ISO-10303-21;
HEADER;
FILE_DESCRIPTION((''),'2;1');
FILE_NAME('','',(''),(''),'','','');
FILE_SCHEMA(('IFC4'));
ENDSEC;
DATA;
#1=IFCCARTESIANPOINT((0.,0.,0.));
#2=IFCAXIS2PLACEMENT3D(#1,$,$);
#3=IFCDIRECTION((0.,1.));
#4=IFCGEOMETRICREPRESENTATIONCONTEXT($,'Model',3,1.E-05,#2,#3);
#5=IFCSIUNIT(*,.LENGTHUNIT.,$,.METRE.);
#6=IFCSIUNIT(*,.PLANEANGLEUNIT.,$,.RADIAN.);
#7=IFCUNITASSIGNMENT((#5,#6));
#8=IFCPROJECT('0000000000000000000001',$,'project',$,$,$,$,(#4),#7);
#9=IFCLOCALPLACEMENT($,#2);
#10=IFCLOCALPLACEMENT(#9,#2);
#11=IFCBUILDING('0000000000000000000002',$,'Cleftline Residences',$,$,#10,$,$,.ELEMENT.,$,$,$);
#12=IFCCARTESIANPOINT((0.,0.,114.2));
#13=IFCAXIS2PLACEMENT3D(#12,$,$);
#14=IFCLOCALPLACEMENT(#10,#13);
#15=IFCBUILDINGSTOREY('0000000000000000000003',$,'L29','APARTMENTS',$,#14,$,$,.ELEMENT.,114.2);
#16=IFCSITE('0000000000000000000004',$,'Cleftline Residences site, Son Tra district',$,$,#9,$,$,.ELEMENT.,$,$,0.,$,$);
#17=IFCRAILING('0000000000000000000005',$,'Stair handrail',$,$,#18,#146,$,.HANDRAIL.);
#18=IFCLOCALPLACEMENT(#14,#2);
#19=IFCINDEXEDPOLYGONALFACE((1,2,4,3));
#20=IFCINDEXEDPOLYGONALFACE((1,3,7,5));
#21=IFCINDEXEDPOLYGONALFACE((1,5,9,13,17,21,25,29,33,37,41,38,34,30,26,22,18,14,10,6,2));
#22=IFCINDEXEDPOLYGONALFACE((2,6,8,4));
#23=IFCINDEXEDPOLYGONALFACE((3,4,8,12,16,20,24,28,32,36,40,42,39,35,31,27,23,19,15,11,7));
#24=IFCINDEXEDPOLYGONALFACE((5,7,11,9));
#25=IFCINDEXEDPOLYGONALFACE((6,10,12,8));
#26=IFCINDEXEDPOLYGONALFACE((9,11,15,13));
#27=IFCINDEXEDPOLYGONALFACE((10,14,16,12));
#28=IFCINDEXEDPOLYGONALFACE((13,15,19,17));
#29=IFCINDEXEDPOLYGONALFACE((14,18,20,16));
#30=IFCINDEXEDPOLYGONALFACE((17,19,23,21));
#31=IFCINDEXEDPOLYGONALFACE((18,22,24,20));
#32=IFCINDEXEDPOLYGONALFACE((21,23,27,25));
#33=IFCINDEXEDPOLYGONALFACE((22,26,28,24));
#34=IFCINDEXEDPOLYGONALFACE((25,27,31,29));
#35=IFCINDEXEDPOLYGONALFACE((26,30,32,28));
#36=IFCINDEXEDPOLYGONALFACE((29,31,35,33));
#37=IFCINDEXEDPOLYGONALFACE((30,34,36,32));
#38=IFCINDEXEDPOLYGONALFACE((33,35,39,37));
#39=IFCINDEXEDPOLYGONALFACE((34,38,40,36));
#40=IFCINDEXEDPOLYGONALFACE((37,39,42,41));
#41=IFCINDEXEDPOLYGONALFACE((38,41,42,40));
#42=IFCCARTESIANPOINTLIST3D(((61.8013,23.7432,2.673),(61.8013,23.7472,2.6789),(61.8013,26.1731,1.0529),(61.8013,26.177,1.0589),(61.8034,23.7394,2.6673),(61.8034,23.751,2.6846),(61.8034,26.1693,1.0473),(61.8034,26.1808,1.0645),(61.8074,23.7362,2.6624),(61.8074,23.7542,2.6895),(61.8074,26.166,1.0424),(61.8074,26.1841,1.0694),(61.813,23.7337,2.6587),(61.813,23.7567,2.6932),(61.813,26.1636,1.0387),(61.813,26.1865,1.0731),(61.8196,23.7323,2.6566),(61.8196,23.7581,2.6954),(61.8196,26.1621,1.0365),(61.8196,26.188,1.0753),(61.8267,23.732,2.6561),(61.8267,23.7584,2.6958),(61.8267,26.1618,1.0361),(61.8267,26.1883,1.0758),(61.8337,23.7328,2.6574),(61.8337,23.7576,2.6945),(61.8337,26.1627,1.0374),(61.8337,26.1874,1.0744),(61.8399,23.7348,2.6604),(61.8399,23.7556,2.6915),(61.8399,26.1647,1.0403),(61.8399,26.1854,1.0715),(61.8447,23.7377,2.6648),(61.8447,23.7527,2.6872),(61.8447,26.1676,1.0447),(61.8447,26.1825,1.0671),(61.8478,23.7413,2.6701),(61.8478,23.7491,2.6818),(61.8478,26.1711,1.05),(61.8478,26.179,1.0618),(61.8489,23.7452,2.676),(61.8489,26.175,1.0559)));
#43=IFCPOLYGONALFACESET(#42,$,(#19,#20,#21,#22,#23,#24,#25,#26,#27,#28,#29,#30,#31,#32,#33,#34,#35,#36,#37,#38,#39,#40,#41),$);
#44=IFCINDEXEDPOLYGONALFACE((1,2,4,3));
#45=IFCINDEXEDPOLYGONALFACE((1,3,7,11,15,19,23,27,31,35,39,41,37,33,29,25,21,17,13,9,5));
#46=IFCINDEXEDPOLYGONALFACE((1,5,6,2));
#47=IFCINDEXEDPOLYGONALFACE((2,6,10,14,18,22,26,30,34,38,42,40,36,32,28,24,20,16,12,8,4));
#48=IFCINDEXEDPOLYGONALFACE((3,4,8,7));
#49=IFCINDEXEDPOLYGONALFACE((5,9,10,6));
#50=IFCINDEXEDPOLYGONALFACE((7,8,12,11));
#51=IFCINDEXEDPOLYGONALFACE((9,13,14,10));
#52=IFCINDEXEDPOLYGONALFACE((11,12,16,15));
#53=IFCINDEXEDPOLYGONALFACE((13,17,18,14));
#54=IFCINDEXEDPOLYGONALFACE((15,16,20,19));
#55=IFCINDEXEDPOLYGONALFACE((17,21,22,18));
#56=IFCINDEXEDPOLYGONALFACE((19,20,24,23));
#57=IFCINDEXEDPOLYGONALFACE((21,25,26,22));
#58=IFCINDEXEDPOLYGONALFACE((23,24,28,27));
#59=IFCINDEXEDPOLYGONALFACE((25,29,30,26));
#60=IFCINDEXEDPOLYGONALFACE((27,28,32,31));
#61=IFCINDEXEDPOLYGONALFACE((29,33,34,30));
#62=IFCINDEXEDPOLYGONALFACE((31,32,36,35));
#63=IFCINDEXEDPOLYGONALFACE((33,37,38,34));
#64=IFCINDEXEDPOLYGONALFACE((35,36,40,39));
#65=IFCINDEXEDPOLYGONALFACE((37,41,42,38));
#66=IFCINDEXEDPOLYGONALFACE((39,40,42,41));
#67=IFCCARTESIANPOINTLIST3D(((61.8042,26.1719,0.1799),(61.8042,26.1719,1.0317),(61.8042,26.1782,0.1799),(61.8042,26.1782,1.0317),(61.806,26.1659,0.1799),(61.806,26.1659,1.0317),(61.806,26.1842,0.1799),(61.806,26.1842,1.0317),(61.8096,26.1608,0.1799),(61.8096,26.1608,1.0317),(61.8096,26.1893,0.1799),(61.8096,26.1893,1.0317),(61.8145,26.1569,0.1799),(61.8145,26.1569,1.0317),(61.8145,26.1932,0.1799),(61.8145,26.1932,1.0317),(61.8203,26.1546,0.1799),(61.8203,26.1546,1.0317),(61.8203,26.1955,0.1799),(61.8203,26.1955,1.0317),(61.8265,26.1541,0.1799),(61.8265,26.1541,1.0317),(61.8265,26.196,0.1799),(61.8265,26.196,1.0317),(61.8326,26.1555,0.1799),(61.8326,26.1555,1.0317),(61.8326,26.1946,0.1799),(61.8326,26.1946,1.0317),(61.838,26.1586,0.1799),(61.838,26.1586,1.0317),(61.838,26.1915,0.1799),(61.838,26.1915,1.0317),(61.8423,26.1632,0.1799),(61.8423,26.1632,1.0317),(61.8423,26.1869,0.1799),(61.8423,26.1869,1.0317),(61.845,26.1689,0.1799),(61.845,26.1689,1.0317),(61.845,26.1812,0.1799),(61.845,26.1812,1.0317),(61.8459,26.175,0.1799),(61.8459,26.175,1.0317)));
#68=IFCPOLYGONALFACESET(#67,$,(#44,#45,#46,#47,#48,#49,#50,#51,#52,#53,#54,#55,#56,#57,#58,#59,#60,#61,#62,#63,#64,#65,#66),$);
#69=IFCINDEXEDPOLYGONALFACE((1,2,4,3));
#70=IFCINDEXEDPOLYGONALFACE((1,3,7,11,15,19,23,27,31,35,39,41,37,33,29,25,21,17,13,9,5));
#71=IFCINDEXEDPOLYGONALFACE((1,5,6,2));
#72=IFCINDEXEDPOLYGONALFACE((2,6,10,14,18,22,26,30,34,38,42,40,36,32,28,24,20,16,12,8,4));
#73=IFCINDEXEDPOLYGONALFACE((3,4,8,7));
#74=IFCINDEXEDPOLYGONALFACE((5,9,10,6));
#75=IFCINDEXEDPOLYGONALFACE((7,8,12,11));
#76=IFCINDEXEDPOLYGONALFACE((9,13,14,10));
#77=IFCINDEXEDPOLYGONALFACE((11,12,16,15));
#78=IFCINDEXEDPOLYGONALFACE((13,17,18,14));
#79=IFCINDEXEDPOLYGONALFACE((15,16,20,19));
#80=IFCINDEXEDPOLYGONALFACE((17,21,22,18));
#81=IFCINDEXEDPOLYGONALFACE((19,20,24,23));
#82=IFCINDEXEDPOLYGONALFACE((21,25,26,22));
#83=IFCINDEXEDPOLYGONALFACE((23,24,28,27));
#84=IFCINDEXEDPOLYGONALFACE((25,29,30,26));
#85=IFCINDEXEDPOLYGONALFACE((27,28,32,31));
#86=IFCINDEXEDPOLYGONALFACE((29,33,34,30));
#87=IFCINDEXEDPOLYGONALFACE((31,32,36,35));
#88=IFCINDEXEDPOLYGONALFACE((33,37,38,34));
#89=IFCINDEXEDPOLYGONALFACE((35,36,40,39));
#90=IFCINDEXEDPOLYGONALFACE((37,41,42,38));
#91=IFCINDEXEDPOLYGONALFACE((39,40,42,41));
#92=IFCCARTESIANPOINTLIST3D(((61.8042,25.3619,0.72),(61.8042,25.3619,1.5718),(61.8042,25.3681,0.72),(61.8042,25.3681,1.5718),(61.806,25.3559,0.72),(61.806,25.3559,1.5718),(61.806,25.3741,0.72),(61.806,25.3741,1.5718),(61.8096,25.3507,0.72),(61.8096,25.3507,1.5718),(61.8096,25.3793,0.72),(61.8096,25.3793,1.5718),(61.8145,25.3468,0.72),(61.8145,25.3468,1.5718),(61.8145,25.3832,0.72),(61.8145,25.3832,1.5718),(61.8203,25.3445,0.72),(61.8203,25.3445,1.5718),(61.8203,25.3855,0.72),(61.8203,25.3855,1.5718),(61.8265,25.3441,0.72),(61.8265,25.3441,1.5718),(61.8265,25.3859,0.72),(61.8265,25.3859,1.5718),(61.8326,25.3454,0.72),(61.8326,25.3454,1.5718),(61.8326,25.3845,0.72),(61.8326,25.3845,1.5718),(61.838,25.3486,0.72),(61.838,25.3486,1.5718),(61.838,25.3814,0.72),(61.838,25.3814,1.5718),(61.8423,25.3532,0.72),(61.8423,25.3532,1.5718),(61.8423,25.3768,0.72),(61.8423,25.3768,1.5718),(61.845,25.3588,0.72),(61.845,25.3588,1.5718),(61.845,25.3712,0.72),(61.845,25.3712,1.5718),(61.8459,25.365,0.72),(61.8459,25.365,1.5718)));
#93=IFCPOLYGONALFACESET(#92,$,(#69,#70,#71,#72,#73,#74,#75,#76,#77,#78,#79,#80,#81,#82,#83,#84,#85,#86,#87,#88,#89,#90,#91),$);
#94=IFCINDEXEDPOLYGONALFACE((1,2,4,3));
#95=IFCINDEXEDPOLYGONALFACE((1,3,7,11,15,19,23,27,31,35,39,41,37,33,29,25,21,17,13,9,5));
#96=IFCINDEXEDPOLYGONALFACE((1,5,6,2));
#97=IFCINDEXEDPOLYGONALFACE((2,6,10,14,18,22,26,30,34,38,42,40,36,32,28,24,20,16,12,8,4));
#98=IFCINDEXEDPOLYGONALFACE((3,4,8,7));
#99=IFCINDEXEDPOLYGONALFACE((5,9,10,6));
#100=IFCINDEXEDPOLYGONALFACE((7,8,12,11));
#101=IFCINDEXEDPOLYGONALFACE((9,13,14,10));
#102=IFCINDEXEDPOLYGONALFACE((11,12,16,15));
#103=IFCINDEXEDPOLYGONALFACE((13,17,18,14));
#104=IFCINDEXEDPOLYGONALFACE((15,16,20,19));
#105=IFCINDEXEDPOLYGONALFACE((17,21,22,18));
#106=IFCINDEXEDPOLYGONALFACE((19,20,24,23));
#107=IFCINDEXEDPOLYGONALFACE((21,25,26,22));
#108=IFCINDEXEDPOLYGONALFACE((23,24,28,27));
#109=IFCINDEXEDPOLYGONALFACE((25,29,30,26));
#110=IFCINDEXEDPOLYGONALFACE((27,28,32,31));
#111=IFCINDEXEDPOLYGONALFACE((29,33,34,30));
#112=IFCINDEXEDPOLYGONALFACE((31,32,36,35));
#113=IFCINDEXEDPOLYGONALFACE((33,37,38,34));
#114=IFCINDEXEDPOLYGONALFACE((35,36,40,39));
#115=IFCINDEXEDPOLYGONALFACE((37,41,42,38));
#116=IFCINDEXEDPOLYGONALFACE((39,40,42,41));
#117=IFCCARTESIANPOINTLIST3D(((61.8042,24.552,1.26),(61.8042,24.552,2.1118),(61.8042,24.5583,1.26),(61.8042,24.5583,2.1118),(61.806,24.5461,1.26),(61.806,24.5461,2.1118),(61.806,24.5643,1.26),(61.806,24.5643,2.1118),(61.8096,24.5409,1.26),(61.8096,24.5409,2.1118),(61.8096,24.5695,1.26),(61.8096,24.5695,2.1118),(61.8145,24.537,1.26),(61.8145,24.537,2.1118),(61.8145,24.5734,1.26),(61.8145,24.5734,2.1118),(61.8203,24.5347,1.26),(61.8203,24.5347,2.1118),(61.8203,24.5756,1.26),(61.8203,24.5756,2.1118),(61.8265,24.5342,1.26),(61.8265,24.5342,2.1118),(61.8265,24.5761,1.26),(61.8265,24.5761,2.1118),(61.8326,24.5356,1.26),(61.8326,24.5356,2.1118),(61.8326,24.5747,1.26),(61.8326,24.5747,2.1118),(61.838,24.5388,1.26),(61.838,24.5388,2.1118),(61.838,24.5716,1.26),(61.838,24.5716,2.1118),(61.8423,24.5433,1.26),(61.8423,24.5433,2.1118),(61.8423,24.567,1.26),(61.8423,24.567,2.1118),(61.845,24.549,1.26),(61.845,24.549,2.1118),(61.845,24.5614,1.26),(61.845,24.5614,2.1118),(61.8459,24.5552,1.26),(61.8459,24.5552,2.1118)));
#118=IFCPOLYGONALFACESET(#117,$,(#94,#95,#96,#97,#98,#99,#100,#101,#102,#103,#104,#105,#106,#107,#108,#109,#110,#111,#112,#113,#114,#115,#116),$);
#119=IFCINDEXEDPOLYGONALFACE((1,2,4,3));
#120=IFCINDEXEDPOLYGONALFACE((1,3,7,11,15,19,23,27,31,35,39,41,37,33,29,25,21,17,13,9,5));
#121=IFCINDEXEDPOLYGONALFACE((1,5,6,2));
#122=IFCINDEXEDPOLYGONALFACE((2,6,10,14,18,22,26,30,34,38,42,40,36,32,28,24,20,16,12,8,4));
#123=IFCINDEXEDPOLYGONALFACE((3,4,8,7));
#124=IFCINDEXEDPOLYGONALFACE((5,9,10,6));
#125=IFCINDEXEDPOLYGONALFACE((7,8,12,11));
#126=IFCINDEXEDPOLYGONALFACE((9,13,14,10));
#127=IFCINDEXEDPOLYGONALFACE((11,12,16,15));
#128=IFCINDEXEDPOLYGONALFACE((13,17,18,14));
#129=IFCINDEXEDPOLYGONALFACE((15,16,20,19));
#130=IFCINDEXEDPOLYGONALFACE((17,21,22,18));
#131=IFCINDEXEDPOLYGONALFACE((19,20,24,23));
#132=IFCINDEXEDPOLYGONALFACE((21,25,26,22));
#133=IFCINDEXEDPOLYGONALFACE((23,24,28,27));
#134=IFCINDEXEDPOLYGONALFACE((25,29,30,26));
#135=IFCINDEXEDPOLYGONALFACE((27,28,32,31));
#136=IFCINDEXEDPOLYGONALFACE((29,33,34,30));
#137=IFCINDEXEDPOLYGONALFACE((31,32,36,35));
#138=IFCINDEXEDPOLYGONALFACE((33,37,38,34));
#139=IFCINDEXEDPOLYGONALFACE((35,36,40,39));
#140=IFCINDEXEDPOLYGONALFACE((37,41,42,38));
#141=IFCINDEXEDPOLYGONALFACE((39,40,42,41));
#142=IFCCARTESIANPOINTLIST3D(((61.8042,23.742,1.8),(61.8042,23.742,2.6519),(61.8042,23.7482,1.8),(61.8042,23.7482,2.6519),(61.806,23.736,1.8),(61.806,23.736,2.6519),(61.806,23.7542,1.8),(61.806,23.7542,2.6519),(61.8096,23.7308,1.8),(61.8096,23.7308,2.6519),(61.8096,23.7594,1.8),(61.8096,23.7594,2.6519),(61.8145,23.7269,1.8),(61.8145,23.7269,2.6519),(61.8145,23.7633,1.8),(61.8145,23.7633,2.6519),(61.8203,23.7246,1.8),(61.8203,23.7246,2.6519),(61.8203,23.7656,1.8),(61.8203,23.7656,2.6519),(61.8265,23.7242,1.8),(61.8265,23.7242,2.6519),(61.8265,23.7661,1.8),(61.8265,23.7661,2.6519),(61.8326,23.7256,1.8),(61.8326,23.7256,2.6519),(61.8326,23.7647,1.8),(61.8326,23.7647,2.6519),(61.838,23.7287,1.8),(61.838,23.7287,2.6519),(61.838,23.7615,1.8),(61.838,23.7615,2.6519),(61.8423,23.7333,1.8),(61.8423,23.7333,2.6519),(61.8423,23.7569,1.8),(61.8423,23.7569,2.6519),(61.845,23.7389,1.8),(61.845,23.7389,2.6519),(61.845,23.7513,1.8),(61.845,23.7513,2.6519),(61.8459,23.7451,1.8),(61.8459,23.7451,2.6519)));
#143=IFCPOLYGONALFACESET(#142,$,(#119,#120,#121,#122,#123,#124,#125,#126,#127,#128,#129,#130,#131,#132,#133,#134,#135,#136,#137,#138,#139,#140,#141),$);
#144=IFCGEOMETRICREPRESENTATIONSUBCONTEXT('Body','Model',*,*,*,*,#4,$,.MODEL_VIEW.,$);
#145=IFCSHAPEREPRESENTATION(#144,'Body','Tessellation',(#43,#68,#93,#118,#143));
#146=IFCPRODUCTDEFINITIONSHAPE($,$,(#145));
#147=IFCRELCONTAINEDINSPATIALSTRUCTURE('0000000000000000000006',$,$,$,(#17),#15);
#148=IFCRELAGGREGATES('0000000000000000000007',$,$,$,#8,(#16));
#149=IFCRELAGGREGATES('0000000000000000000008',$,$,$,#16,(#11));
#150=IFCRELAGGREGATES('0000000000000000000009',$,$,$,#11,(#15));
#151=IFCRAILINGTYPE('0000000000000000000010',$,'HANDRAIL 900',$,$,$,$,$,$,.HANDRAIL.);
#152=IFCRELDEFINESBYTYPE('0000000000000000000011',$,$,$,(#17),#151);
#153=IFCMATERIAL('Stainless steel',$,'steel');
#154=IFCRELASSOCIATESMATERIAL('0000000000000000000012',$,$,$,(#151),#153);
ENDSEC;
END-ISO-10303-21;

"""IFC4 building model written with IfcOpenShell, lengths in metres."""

from ifc_helpers import new_model, si_unit, direction, frame, origin, origin_2d, place, context, subcontext, project, spatial, circle, extrude, material, type_object, element, save


model = new_model("IFC4")

# Units and contexts
model_context = context("Model", 3, precision=1e-05, world=origin(), true_north=direction((0.0, 1.0)))
body_context = subcontext(model_context, "Body", "Model", "MODEL_VIEW")
ifc_project = project(units=[si_unit("LENGTHUNIT", "METRE"), si_unit("PLANEANGLEUNIT", "RADIAN")], contexts=[model_context])

# Site, building, storey
site_placement = place(None, origin())
site = spatial("IfcSite", under=ifc_project, at=site_placement, Name="Cleftline Residences site, Son Tra district", CompositionType="ELEMENT", RefElevation=0.0)
building_placement = place(site_placement, origin())
building = spatial("IfcBuilding", under=site, at=building_placement, Name="Cleftline Residences", CompositionType="ELEMENT")
storey_placement = place(building_placement, frame((0.0, 0.0, 114.2)))
storey = spatial("IfcBuildingStorey", under=building, at=storey_placement, Name="L29", Description="APARTMENTS", CompositionType="ELEMENT", Elevation=114.2)

# Railing
ifc_material_1 = material(Name="Stainless steel", Category="steel")
railing_type = type_object("IfcRailingType", Name="HANDRAIL 900", PredefinedType="HANDRAIL", material=ifc_material_1)
railing_placement = place(storey_placement, frame((61.825, 26.175, 0.1799)))
element("IfcRailing", 1, at=railing_placement, inside=storey, type_object=railing_type, Name="Stair handrail", PredefinedType="HANDRAIL", context=body_context, shape_type="SweptSolid", body=[
    extrude(circle(Radius=0.0239, at=origin_2d()), frame((0.0, 0.0, 0.876), z_axis=(0.0, -0.832025, 0.554739), x_axis=(1.0, 0.0, 0.0)), (0.0, 0.0, 1.0), 2.9204),
    extrude(circle(Radius=0.021, at=origin_2d()), origin(), (0.0, 0.0, 1.0), 0.8518),
    extrude(circle(Radius=0.021, at=origin_2d()), frame((0.0, -0.8101, 0.54)), (0.0, 0.0, 1.0), 0.8518),
    extrude(circle(Radius=0.021, at=origin_2d()), frame((0.0, -1.6199, 1.0801)), (0.0, 0.0, 1.0), 0.8518),
    extrude(circle(Radius=0.021, at=origin_2d()), frame((0.0, -2.4299, 1.6201)), (0.0, 0.0, 1.0), 0.8518),
])

save(model, "model.ifc")
